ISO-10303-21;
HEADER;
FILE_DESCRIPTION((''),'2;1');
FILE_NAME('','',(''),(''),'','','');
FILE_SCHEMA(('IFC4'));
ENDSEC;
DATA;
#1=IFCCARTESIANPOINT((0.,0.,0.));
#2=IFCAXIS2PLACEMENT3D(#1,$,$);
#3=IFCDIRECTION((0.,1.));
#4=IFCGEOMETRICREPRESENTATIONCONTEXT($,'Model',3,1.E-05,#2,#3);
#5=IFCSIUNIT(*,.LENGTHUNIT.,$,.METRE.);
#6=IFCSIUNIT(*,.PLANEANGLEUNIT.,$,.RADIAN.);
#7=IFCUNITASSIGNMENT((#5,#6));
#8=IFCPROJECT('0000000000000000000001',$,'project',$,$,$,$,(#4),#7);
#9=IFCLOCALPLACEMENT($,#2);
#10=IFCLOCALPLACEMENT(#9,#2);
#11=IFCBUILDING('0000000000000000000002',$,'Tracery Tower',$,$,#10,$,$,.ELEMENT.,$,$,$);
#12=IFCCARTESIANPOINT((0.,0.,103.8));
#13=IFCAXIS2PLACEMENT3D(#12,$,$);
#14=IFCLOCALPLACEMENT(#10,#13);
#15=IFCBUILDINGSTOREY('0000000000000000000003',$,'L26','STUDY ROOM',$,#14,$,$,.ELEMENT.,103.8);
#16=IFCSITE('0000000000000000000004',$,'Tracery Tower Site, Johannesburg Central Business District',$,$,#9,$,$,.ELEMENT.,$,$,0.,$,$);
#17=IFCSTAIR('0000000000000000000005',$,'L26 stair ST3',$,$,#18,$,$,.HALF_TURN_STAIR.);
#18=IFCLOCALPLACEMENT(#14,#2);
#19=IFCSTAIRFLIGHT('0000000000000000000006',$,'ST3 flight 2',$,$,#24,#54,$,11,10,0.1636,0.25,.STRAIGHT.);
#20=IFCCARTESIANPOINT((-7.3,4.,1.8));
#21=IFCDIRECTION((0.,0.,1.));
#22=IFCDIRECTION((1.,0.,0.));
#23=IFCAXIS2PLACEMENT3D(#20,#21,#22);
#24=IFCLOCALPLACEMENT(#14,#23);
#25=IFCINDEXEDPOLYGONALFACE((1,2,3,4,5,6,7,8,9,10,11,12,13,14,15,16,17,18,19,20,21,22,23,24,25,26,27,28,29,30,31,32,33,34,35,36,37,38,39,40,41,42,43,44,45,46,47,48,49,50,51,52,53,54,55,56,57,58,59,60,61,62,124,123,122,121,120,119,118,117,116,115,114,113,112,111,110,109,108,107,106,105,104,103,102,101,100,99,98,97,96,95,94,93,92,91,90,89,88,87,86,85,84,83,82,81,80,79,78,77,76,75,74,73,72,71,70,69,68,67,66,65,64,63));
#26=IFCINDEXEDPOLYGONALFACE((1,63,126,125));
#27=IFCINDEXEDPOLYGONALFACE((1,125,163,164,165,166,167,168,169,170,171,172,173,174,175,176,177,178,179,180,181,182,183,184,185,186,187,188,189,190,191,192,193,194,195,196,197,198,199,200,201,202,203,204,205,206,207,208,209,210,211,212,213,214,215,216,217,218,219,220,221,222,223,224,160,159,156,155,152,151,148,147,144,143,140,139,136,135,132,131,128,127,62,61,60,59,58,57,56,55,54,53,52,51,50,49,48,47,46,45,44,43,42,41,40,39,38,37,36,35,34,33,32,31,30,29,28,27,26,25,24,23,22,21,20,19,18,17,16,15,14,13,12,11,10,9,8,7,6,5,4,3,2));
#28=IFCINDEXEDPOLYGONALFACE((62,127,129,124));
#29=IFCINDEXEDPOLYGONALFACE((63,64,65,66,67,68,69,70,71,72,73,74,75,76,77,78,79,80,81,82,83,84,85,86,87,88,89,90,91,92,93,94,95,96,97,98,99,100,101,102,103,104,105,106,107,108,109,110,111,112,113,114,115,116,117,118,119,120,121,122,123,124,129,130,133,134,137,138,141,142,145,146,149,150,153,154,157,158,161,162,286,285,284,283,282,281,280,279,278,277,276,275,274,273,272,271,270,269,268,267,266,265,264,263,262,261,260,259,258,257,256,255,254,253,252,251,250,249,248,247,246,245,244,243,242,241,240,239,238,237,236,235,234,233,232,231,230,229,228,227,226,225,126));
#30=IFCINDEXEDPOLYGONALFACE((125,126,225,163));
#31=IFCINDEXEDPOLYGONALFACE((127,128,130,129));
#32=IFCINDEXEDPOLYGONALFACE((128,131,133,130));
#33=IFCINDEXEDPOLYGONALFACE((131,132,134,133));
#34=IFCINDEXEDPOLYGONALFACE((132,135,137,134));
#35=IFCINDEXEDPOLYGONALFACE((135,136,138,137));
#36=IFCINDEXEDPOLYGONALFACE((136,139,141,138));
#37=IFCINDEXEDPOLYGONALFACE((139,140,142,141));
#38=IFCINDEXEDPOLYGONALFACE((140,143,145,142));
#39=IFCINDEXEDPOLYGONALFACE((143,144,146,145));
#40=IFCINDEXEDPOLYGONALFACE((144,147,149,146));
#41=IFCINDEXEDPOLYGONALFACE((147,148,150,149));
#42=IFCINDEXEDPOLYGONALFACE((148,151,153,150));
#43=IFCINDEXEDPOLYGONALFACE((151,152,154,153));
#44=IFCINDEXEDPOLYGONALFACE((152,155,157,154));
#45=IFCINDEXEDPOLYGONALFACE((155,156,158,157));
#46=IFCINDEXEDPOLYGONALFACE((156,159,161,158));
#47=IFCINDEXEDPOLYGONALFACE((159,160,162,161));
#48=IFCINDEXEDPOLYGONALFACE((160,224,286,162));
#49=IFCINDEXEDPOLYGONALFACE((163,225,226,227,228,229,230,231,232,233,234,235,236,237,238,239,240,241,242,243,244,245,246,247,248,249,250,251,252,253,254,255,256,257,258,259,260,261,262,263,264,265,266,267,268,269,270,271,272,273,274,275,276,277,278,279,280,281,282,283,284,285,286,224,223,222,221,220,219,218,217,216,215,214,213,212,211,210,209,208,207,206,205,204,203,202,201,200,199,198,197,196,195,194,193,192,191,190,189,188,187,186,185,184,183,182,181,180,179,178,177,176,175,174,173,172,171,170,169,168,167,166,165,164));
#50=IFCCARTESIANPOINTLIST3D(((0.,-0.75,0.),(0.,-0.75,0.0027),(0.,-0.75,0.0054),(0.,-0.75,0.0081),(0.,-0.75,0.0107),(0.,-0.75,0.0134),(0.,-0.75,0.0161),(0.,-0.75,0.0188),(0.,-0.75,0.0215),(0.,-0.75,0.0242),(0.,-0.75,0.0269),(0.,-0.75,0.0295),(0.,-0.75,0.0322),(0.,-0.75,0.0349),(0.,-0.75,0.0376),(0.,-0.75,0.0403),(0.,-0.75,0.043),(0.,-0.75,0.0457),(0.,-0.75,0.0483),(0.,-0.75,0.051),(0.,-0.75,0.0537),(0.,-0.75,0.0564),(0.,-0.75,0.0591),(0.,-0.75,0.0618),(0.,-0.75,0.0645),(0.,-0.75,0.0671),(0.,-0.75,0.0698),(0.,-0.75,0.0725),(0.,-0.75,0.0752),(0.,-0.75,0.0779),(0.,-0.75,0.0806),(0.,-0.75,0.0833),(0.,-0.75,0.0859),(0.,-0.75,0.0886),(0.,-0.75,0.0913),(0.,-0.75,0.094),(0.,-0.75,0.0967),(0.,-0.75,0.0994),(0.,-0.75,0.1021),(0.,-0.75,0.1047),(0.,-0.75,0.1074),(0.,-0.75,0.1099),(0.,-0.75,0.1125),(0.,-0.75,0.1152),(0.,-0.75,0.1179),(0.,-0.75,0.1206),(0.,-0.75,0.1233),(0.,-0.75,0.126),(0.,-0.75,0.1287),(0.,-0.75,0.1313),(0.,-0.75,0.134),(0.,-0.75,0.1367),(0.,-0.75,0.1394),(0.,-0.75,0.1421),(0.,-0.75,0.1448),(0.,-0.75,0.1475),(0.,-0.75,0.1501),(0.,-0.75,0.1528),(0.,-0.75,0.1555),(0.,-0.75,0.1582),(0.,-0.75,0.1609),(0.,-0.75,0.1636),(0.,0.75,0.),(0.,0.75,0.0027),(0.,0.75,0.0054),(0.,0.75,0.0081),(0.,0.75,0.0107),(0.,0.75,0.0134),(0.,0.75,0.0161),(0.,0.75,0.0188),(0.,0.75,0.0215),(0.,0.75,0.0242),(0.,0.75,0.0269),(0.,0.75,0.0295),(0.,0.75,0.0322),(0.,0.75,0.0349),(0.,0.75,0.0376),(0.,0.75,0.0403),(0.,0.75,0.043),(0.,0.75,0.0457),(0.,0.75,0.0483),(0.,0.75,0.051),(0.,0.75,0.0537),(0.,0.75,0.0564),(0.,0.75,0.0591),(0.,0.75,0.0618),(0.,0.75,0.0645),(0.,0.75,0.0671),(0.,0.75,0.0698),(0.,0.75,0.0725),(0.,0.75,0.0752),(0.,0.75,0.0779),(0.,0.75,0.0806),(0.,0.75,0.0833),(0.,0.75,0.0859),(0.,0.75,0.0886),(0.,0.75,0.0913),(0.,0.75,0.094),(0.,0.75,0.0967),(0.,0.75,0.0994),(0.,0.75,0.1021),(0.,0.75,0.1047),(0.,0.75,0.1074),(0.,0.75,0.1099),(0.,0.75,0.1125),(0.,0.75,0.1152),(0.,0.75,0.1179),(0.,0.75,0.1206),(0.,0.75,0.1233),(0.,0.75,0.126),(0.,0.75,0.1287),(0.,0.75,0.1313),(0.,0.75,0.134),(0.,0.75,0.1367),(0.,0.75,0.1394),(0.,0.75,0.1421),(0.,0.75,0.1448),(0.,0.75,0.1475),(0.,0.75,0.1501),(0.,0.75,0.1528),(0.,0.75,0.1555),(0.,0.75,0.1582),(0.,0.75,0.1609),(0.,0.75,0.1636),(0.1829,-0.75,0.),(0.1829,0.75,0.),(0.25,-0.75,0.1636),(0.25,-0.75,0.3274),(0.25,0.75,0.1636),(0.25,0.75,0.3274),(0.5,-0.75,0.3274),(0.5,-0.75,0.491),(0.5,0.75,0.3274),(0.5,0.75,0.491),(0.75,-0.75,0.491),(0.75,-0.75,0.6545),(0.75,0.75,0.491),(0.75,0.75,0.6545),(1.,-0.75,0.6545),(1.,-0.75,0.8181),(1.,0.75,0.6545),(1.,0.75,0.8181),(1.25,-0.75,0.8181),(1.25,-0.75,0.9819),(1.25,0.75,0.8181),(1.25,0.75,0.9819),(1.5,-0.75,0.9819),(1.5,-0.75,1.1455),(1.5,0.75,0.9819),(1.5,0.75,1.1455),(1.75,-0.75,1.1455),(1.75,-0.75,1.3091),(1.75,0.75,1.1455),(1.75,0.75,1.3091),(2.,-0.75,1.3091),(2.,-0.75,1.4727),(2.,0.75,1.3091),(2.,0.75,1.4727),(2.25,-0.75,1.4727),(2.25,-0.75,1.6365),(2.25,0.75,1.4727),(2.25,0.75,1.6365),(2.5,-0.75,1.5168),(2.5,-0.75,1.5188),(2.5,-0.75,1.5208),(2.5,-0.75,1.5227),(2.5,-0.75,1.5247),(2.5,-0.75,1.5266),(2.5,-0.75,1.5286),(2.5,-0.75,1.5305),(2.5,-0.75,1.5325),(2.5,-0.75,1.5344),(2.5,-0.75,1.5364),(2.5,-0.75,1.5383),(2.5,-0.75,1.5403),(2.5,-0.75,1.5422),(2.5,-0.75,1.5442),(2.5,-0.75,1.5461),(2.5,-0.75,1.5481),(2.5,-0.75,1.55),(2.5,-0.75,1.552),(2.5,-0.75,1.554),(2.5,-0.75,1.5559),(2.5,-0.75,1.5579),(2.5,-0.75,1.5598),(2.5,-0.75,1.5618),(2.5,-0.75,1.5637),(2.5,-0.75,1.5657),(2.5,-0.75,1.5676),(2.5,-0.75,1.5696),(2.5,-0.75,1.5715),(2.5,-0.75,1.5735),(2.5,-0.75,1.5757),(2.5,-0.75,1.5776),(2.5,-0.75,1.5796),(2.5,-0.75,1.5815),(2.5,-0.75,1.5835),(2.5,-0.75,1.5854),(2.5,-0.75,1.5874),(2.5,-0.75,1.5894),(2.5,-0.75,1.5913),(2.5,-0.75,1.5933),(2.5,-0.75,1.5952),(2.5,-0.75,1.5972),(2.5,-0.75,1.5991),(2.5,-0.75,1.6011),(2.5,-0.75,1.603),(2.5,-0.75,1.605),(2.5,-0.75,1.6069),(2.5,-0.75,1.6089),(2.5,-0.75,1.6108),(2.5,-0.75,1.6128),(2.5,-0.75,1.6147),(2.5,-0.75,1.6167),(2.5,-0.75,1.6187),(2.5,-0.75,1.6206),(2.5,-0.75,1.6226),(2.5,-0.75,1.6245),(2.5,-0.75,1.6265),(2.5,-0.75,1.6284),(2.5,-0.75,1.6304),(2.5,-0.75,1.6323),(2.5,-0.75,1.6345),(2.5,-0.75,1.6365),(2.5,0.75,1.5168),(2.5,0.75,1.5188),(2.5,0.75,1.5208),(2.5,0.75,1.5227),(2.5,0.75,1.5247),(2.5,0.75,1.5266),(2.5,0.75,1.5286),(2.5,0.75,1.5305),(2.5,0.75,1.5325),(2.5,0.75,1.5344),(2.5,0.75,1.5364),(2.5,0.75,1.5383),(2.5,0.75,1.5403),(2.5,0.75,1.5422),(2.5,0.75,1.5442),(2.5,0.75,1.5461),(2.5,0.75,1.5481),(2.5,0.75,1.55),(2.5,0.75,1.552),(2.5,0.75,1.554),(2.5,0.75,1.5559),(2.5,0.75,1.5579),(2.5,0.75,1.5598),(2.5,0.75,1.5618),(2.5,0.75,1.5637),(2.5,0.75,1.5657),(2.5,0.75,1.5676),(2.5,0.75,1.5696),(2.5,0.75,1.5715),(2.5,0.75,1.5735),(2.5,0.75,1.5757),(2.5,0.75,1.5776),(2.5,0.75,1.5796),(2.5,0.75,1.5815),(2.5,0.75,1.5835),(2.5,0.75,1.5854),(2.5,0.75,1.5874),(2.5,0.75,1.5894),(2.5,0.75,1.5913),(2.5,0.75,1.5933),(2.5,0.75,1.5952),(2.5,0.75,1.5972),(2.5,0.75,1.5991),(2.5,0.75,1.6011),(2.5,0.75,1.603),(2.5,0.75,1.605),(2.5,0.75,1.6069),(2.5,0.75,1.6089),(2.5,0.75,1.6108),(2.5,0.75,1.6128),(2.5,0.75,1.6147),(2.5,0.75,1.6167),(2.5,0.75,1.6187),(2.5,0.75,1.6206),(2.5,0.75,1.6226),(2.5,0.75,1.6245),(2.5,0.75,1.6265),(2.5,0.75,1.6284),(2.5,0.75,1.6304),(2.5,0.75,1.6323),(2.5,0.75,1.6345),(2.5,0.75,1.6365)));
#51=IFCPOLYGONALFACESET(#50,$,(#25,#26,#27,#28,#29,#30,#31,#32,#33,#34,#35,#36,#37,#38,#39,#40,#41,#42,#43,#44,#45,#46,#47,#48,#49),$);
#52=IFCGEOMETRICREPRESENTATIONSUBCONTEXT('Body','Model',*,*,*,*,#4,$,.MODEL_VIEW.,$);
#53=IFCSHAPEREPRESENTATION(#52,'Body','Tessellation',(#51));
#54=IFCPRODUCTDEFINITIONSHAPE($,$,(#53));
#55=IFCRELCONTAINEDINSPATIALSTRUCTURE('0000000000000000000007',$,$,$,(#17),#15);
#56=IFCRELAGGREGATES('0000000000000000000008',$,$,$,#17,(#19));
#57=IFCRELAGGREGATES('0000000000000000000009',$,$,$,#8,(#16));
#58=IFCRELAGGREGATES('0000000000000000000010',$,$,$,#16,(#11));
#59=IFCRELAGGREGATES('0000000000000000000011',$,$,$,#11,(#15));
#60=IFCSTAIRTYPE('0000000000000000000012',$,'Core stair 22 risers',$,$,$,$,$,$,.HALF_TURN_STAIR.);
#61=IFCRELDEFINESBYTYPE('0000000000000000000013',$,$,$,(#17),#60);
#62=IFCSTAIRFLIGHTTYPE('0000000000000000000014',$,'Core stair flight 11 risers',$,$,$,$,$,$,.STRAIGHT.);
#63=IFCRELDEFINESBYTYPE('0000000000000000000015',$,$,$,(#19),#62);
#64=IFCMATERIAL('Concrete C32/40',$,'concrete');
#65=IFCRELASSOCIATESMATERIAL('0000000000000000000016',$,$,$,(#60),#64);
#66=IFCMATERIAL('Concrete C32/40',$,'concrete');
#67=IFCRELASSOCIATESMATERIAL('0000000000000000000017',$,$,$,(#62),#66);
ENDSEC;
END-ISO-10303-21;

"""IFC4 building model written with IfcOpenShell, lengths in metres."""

from ifc_helpers import new_model, si_unit, direction, frame, origin, place, context, subcontext, project, spatial, polyline, outline, extrude, material, type_object, element, aggregate, save


model = new_model("IFC4")

# Units and contexts
model_context = context("Model", 3, precision=1e-05, world=origin(), true_north=direction((0.0, 1.0)))
body_context = subcontext(model_context, "Body", "Model", "MODEL_VIEW")
ifc_project = project(units=[si_unit("LENGTHUNIT", "METRE"), si_unit("PLANEANGLEUNIT", "RADIAN")], contexts=[model_context])

# Site, building, storey
site_placement = place(None, origin())
site = spatial("IfcSite", under=ifc_project, at=site_placement, Name="Tracery Tower Site, Johannesburg Central Business District", CompositionType="ELEMENT", RefElevation=0.0)
building_placement = place(site_placement, origin())
building = spatial("IfcBuilding", under=site, at=building_placement, Name="Tracery Tower", CompositionType="ELEMENT")
storey_placement = place(building_placement, frame((0.0, 0.0, 103.8)))
storey = spatial("IfcBuildingStorey", under=building, at=storey_placement, Name="L26", Description="STUDY ROOM", CompositionType="ELEMENT", Elevation=103.8)

# Stair, stair flight
ifc_material_1 = material(Name="Concrete C32/40", Category="concrete")
stair_type = type_object("IfcStairType", Name="Core stair 22 risers", PredefinedType="HALF_TURN_STAIR", material=ifc_material_1)
stair_placement = place(storey_placement, origin())
stair = element("IfcStair", 1, at=stair_placement, inside=storey, type_object=stair_type, Name="L26 stair ST3", PredefinedType="HALF_TURN_STAIR")
ifc_material_2 = material(Name="Concrete C32/40", Category="concrete")
stair_flight_type = type_object("IfcStairFlightType", Name="Core stair flight 11 risers", PredefinedType="STRAIGHT", material=ifc_material_2)
stair_flight_1_placement = place(storey_placement, frame((-7.3, 4.0, 1.8), z_axis=(0.0, 0.0, 1.0), x_axis=(1.0, 0.0, 0.0)))
stair_flight_1 = element("IfcStairFlight", 2, at=stair_flight_1_placement, type_object=stair_flight_type, Name="ST3 flight 2", NumberOfRisers=11, NumberOfTreads=10, PredefinedType="STRAIGHT", RiserHeight=0.1636, TreadLength=0.25, context=body_context, shape_type="SweptSolid", body=[
    extrude(outline(polyline([(0.0, 0.0), (0.0, 0.0027), (0.0, 0.0054), (0.0, 0.0081), (0.0, 0.0107), (0.0, 0.0134), (0.0, 0.0161), (0.0, 0.0188), (0.0, 0.0215), (0.0, 0.0242), (0.0, 0.0269), (0.0, 0.0295), (0.0, 0.0322), (0.0, 0.0349), (0.0, 0.0376), (0.0, 0.0403), (0.0, 0.043), (0.0, 0.0457), (0.0, 0.0483), (0.0, 0.051), (0.0, 0.0537), (0.0, 0.0564), (0.0, 0.0591), (0.0, 0.0618), (0.0, 0.0645), (0.0, 0.0671), (0.0, 0.0698), (0.0, 0.0725), (0.0, 0.0752), (0.0, 0.0779), (0.0, 0.0806), (0.0, 0.0833), (0.0, 0.0859), (0.0, 0.0886), (0.0, 0.0913), (0.0, 0.094), (0.0, 0.0967), (0.0, 0.0994), (0.0, 0.1021), (0.0, 0.1047), (0.0, 0.1074), (0.0, 0.1099), (0.0, 0.1125), (0.0, 0.1152), (0.0, 0.1179), (0.0, 0.1206), (0.0, 0.1233), (0.0, 0.126), (0.0, 0.1287), (0.0, 0.1313), (0.0, 0.134), (0.0, 0.1367), (0.0, 0.1394), (0.0, 0.1421), (0.0, 0.1448), (0.0, 0.1475), (0.0, 0.1501), (0.0, 0.1528), (0.0, 0.1555), (0.0, 0.1582), (0.0, 0.1609), (0.0, 0.1636), (0.25, 0.1636), (0.25, 0.3274), (0.5, 0.3274), (0.5, 0.491), (0.75, 0.491), (0.75, 0.6545), (1.0, 0.6545), (1.0, 0.8181), (1.25, 0.8181), (1.25, 0.9819), (1.5, 0.9819), (1.5, 1.1455), (1.75, 1.1455), (1.75, 1.3091), (2.0, 1.3091), (2.0, 1.4727), (2.25, 1.4727), (2.25, 1.6365), (2.5, 1.6365), (2.5, 1.6345), (2.5, 1.6323), (2.5, 1.6304), (2.5, 1.6284), (2.5, 1.6265), (2.5, 1.6245), (2.5, 1.6226), (2.5, 1.6206), (2.5, 1.6187), (2.5, 1.6167), (2.5, 1.6147), (2.5, 1.6128), (2.5, 1.6108), (2.5, 1.6089), (2.5, 1.6069), (2.5, 1.605), (2.5, 1.603), (2.5, 1.6011), (2.5, 1.5991), (2.5, 1.5972), (2.5, 1.5952), (2.5, 1.5933), (2.5, 1.5913), (2.5, 1.5894), (2.5, 1.5874), (2.5, 1.5854), (2.5, 1.5835), (2.5, 1.5815), (2.5, 1.5796), (2.5, 1.5776), (2.5, 1.5757), (2.5, 1.5735), (2.5, 1.5715), (2.5, 1.5696), (2.5, 1.5676), (2.5, 1.5657), (2.5, 1.5637), (2.5, 1.5618), (2.5, 1.5598), (2.5, 1.5579), (2.5, 1.5559), (2.5, 1.554), (2.5, 1.552), (2.5, 1.55), (2.5, 1.5481), (2.5, 1.5461), (2.5, 1.5442), (2.5, 1.5422), (2.5, 1.5403), (2.5, 1.5383), (2.5, 1.5364), (2.5, 1.5344), (2.5, 1.5325), (2.5, 1.5305), (2.5, 1.5286), (2.5, 1.5266), (2.5, 1.5247), (2.5, 1.5227), (2.5, 1.5208), (2.5, 1.5188), (2.5, 1.5168), (0.1829, 0.0), (0.0, 0.0)])), frame((0.0, 0.75, 0.0), z_axis=(0.0, -1.0, 0.0), x_axis=(1.0, 0.0, 0.0)), (0.0, 0.0, 1.0), 1.5),
])
aggregate(stair, [stair_flight_1])

save(model, "model.ifc")
